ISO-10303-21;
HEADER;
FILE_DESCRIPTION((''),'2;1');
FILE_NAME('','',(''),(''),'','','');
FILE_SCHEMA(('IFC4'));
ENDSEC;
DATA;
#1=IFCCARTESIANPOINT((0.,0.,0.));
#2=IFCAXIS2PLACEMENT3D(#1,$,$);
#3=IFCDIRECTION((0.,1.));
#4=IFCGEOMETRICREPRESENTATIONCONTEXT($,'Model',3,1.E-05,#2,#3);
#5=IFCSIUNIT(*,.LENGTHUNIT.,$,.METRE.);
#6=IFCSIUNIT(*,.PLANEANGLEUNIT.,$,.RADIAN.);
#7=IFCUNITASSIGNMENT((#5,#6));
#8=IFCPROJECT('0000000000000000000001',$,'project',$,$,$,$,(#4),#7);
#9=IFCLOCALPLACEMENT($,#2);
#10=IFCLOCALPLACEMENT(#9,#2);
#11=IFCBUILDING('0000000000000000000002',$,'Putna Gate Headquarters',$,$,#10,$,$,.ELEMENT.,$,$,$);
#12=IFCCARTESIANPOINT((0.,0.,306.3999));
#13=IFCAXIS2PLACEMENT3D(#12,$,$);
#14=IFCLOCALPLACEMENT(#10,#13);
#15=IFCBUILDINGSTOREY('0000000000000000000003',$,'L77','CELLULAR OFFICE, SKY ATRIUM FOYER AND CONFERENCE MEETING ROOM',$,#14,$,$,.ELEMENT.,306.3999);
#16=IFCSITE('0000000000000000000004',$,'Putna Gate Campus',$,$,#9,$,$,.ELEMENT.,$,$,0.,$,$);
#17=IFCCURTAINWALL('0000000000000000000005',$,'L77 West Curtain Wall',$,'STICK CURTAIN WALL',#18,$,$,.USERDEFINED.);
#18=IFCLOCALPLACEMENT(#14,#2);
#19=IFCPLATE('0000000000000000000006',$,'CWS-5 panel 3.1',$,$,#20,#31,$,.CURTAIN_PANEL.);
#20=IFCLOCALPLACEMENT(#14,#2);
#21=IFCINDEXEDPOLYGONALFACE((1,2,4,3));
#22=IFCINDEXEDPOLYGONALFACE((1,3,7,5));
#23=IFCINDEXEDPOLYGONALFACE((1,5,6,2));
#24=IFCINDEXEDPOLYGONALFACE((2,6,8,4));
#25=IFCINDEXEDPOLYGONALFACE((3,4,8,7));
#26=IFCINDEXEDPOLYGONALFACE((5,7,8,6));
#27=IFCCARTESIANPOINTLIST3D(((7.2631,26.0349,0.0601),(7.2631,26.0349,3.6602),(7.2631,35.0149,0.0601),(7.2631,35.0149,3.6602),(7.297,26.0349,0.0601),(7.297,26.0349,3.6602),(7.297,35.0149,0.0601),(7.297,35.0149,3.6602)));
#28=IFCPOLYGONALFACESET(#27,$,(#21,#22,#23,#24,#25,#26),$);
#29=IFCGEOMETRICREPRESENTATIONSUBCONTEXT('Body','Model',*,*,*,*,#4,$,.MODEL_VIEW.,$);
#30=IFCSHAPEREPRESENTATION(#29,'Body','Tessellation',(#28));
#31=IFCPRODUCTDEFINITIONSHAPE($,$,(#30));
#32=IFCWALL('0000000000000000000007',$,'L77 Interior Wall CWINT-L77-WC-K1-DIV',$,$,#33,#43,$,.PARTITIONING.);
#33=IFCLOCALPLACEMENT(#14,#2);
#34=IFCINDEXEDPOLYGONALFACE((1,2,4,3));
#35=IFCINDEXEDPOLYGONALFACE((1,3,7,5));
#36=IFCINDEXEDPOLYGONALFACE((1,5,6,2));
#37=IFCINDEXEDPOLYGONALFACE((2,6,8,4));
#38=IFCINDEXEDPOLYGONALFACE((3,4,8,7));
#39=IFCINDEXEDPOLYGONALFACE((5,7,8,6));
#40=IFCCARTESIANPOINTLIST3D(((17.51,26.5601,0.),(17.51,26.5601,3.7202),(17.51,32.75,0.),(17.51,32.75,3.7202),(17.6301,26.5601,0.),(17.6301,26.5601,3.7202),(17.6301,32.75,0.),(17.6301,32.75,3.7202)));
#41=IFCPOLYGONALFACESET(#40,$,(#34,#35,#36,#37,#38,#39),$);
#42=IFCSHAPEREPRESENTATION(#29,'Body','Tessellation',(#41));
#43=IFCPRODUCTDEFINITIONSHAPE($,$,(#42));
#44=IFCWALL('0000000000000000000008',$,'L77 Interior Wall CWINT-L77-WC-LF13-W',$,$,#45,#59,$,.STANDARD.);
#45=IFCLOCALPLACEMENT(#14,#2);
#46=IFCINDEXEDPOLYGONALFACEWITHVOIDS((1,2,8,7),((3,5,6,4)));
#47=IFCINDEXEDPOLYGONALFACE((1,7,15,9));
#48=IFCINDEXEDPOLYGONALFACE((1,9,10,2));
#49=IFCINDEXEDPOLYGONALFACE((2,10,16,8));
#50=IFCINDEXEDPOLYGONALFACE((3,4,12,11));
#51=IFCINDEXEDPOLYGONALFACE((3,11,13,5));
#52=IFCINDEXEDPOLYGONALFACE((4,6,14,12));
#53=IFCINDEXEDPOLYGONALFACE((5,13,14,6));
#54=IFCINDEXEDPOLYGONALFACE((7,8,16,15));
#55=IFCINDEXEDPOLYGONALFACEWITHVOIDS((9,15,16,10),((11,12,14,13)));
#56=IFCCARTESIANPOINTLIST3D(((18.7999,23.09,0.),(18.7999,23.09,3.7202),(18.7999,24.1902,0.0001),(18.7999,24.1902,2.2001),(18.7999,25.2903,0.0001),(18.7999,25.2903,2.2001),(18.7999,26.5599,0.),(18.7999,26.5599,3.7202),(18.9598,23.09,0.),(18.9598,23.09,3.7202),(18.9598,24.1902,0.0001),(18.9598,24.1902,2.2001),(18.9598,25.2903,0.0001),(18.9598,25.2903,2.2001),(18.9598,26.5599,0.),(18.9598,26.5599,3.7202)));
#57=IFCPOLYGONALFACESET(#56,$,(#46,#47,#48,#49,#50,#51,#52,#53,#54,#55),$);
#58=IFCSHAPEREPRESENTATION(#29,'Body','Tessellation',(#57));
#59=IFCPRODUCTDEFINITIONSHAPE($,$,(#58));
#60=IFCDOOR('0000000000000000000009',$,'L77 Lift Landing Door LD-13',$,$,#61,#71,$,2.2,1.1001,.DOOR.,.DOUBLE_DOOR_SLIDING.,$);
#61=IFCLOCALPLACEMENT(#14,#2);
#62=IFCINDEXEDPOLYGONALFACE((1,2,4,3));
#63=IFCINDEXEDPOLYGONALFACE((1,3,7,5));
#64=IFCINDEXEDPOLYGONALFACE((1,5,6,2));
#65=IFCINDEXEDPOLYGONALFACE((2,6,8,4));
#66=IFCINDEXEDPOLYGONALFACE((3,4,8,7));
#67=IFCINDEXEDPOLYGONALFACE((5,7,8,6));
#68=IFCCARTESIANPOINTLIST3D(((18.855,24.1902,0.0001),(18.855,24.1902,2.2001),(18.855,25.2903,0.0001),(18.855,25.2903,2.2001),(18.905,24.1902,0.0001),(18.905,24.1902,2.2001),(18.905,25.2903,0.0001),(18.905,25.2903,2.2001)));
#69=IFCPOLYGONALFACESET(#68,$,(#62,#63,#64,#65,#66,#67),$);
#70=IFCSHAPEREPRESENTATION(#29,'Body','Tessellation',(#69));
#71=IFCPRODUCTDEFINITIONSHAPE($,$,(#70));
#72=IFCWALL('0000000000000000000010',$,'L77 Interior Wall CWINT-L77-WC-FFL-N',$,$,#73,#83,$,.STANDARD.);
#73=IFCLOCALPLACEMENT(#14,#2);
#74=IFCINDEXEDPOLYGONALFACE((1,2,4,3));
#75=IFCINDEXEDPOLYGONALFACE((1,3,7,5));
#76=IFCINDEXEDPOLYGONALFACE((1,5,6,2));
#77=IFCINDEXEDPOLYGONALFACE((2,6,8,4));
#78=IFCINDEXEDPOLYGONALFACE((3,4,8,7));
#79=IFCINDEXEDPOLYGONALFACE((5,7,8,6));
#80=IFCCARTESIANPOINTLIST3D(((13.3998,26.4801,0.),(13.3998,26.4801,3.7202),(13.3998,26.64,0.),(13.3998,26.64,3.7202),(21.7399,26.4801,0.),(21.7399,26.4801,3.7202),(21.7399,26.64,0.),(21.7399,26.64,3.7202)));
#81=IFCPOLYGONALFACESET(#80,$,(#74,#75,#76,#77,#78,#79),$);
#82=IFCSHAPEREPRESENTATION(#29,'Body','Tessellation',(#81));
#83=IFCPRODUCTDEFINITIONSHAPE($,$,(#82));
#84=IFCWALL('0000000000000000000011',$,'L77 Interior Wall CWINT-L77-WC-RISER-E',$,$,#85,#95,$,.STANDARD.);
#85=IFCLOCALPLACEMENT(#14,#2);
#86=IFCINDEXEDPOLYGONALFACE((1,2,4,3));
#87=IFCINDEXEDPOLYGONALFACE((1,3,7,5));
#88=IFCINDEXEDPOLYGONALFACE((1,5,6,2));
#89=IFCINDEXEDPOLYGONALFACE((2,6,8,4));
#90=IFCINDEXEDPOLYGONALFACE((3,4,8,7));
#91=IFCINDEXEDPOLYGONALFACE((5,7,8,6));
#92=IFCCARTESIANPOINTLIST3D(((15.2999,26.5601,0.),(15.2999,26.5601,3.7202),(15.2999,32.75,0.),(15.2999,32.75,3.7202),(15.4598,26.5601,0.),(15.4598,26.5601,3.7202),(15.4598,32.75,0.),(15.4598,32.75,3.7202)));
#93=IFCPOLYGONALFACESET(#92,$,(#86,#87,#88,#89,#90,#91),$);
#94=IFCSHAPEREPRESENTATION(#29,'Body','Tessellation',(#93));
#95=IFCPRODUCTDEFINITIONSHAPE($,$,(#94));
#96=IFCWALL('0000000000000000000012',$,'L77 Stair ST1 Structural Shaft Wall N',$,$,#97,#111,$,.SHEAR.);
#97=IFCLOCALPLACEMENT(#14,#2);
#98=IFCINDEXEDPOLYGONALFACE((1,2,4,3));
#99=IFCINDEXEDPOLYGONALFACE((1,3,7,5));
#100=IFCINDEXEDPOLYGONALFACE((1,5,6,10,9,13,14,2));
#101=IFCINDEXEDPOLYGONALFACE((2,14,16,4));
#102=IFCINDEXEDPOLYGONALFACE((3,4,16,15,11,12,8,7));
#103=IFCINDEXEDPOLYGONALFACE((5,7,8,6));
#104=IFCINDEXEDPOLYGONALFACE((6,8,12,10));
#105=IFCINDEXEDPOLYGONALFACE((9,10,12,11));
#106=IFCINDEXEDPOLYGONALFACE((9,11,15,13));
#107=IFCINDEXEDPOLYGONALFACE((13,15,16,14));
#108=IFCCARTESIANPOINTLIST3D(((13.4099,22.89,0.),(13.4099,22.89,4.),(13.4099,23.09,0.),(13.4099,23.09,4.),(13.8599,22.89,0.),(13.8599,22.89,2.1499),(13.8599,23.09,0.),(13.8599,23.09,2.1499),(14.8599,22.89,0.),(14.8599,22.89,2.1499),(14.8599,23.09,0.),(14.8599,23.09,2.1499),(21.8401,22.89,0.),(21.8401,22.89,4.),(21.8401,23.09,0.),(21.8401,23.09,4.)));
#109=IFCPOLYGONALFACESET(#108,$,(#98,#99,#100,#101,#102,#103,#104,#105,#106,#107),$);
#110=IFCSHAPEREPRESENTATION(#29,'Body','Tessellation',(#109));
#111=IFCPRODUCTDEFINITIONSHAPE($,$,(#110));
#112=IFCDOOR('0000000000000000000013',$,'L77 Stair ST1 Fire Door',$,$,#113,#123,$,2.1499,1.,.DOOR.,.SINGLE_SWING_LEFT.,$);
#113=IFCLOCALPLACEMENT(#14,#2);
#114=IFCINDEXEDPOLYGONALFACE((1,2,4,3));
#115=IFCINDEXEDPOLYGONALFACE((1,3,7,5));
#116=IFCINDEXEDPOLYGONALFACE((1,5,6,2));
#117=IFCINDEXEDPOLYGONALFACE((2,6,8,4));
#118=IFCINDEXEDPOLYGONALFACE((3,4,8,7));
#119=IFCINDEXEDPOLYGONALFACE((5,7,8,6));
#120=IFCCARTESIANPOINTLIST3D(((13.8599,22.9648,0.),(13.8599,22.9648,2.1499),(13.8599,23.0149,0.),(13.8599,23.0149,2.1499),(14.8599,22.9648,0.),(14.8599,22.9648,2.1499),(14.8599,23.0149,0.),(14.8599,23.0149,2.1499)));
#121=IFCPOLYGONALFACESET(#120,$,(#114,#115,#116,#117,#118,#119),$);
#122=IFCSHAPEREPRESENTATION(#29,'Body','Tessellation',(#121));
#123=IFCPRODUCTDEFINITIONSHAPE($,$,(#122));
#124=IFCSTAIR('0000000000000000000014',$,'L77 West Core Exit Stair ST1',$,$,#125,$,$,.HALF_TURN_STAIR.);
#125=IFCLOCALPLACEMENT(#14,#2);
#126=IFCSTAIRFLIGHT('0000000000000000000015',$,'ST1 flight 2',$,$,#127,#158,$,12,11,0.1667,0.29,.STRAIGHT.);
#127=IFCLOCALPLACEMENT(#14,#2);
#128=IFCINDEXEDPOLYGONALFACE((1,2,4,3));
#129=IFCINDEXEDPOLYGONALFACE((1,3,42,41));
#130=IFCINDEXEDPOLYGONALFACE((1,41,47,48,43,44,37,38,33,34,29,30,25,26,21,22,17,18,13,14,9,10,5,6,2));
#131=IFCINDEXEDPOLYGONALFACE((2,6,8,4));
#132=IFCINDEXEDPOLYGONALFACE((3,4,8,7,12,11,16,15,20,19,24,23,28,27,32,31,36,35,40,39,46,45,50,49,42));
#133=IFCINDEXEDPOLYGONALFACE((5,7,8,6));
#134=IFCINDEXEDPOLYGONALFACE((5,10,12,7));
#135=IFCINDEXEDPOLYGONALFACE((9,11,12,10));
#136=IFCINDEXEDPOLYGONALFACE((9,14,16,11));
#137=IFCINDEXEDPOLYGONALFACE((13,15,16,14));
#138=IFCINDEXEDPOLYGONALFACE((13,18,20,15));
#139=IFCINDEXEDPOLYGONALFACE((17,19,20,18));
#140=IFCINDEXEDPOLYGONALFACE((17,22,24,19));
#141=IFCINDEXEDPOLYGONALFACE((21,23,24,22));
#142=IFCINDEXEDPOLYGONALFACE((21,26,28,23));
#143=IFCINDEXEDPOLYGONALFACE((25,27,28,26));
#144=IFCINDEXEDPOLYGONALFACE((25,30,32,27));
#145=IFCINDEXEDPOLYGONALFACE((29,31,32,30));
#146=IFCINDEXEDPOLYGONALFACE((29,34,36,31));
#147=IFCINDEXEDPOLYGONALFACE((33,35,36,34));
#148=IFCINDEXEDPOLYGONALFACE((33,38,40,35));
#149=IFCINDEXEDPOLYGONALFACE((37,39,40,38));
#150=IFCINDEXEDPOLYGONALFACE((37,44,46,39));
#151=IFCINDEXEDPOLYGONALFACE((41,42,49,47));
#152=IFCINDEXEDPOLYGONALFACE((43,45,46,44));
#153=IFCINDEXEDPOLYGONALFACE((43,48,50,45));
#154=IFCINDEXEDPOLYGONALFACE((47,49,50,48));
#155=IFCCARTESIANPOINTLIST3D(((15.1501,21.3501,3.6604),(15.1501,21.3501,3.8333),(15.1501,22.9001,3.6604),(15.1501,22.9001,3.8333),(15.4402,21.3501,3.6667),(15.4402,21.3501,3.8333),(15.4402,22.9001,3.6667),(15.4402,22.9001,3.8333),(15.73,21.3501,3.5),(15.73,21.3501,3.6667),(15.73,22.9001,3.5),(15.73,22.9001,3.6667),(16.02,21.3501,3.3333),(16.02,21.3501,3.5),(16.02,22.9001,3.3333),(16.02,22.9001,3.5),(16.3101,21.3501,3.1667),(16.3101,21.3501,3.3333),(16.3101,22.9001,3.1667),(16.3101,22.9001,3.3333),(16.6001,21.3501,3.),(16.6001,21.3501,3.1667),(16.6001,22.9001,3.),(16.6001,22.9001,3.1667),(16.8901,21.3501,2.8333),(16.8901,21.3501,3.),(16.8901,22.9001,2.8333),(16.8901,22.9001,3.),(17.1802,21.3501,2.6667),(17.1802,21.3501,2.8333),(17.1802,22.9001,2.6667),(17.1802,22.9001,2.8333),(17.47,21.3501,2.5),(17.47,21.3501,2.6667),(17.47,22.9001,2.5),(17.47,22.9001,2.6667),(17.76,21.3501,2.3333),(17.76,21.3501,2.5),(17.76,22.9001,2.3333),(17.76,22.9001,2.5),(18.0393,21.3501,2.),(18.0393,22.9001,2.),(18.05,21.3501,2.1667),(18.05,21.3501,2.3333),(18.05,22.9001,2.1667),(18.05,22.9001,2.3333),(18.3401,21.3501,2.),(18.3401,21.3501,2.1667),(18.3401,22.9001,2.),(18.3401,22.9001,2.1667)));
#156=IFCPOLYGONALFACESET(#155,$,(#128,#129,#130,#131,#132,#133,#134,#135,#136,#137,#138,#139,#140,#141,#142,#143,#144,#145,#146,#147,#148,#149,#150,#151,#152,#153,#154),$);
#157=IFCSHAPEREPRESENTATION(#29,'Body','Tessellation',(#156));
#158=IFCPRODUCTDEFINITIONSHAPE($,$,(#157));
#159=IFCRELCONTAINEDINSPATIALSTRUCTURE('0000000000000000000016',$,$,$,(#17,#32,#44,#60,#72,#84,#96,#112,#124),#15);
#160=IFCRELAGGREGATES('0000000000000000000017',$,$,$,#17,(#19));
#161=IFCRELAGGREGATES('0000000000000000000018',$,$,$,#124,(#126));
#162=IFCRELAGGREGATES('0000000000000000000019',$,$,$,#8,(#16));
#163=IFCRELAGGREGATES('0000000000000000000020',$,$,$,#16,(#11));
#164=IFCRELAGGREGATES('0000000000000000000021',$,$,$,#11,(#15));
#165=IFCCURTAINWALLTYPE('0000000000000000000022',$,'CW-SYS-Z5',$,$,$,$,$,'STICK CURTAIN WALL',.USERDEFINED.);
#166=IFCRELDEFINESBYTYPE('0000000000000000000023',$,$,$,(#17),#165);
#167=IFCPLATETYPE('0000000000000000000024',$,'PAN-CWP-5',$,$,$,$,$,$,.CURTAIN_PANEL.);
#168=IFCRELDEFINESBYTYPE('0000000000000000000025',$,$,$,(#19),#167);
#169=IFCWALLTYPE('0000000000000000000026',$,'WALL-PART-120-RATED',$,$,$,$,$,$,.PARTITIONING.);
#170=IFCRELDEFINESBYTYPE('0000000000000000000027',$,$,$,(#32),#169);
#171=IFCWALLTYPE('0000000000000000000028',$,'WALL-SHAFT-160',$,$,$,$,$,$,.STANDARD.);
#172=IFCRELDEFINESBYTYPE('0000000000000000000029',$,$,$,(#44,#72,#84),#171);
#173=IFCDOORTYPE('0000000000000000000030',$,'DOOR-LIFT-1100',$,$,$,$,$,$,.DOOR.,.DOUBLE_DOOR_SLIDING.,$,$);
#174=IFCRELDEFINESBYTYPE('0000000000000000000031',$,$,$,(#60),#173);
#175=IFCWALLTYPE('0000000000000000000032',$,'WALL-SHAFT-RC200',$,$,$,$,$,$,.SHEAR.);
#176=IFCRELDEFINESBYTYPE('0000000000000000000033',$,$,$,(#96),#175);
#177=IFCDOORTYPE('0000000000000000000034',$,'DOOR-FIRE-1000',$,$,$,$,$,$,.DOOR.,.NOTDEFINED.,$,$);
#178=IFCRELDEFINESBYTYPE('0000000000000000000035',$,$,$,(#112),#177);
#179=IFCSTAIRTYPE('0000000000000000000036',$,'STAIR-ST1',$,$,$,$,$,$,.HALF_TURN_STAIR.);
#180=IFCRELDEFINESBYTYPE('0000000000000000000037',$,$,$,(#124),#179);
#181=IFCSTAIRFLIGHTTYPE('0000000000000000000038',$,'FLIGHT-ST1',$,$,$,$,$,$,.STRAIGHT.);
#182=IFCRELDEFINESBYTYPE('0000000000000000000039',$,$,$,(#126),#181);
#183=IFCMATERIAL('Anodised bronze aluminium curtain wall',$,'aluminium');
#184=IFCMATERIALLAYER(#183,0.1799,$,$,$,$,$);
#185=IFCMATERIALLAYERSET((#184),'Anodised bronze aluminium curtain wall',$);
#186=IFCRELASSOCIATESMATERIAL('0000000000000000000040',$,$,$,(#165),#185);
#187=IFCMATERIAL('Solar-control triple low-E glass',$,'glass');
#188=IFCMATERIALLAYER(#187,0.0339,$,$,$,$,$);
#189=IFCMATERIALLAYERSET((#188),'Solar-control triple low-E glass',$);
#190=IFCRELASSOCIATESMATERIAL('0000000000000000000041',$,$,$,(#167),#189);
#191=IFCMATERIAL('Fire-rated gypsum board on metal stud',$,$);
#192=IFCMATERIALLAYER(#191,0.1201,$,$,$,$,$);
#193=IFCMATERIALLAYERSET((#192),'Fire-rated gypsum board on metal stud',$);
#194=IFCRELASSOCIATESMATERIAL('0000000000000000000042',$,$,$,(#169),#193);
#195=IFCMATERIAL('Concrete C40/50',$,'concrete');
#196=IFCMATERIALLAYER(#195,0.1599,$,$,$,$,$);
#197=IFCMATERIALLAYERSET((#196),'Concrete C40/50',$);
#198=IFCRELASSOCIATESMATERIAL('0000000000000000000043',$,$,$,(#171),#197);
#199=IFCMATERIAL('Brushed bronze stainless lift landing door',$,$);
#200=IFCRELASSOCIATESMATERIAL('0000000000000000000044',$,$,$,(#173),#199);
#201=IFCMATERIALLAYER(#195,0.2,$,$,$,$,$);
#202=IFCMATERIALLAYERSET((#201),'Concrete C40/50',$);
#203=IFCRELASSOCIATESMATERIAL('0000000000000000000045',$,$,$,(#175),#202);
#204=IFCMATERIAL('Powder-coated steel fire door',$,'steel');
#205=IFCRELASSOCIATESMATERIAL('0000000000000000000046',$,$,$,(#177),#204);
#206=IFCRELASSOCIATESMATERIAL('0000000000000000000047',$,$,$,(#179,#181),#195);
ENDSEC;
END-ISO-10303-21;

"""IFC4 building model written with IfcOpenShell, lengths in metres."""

from ifc_helpers import new_model, si_unit, direction, frame, frame_2d, origin, origin_2d, place, context, subcontext, project, spatial, polyline, rectangle, outline, extrude, material, layer, layer_set, type_object, element, fill, aggregate, save


model = new_model("IFC4")

# Units and contexts
model_context = context("Model", 3, precision=1e-05, world=origin(), true_north=direction((0.0, 1.0)))
body_context = subcontext(model_context, "Body", "Model", "MODEL_VIEW")
ifc_project = project(units=[si_unit("LENGTHUNIT", "METRE"), si_unit("PLANEANGLEUNIT", "RADIAN")], contexts=[model_context])

# Site, building, storey
site_placement = place(None, origin())
site = spatial("IfcSite", under=ifc_project, at=site_placement, Name="Putna Gate Campus", CompositionType="ELEMENT", RefElevation=0.0)
building_placement = place(site_placement, origin())
building = spatial("IfcBuilding", under=site, at=building_placement, Name="Putna Gate Headquarters", CompositionType="ELEMENT")
storey_placement = place(building_placement, frame((0.0, 0.0, 306.3999)))
storey = spatial("IfcBuildingStorey", under=building, at=storey_placement, Name="L77", Description="CELLULAR OFFICE, SKY ATRIUM FOYER AND CONFERENCE MEETING ROOM", CompositionType="ELEMENT", Elevation=306.3999)

# Curtain wall, plate
ifc_material_1 = material(Name="Anodised bronze aluminium curtain wall", Category="aluminium")
ifc_layer_1 = layer(ifc_material_1, 0.1799)
ifc_layer_set_1 = layer_set([ifc_layer_1], Name="Anodised bronze aluminium curtain wall")
curtain_wall_type = type_object("IfcCurtainWallType", Name="CW-SYS-Z5", ElementType="STICK CURTAIN WALL", PredefinedType="USERDEFINED", material=ifc_layer_set_1)
curtain_wall_placement = place(storey_placement, origin())
curtain_wall = element("IfcCurtainWall", 1, at=curtain_wall_placement, inside=storey, type_object=curtain_wall_type, Name="L77 West Curtain Wall", ObjectType="STICK CURTAIN WALL", PredefinedType="USERDEFINED")
ifc_material_2 = material(Name="Solar-control triple low-E glass", Category="glass")
ifc_layer_2 = layer(ifc_material_2, 0.0339)
ifc_layer_set_2 = layer_set([ifc_layer_2], Name="Solar-control triple low-E glass")
plate_type = type_object("IfcPlateType", Name="PAN-CWP-5", PredefinedType="CURTAIN_PANEL", material=ifc_layer_set_2)
plate_1_placement = place(storey_placement, frame((7.28, 30.5249, 0.0601), z_axis=(0.0, 0.0, 1.0), x_axis=(0.0, 1.0, 0.0)))
plate_1 = element("IfcPlate", 2, at=plate_1_placement, type_object=plate_type, Name="CWS-5 panel 3.1", PredefinedType="CURTAIN_PANEL", context=body_context, shape_type="SweptSolid", body=[
    extrude(rectangle(XDim=8.98, YDim=0.0339, at=origin_2d()), origin(), (0.0, 0.0, 1.0), 3.6001),
])
aggregate(curtain_wall, [plate_1])

# Wall
ifc_material_3 = material(Name="Fire-rated gypsum board on metal stud")
ifc_layer_3 = layer(ifc_material_3, 0.1201)
ifc_layer_set_3 = layer_set([ifc_layer_3], Name="Fire-rated gypsum board on metal stud")
wall_type_1 = type_object("IfcWallType", Name="WALL-PART-120-RATED", PredefinedType="PARTITIONING", material=ifc_layer_set_3)
wall_1_placement = place(storey_placement, frame((17.5701, 26.5601, 0.0), z_axis=(0.0, 0.0, 1.0), x_axis=(0.0, 1.0, 0.0)))
element("IfcWall", 3, at=wall_1_placement, inside=storey, type_object=wall_type_1, Name="L77 Interior Wall CWINT-L77-WC-K1-DIV", PredefinedType="PARTITIONING", context=body_context, shape_type="SweptSolid", body=[
    extrude(rectangle(XDim=6.1899, YDim=0.1201, at=frame_2d((3.095, 0.0))), origin(), (0.0, 0.0, 1.0), 3.7202),
])

# Wall, opening, door
ifc_material_4 = material(Name="Concrete C40/50", Category="concrete")
ifc_layer_4 = layer(ifc_material_4, 0.1599)
ifc_layer_set_4 = layer_set([ifc_layer_4], Name="Concrete C40/50")
wall_type_2 = type_object("IfcWallType", Name="WALL-SHAFT-160", PredefinedType="STANDARD", material=ifc_layer_set_4)
wall_2_placement = place(storey_placement, frame((18.8799, 23.0901, 0.0), z_axis=(0.0, 0.0, 1.0), x_axis=(0.0, 1.0, 0.0)))
wall_2 = element("IfcWall", 4, at=wall_2_placement, inside=storey, type_object=wall_type_2, Name="L77 Interior Wall CWINT-L77-WC-LF13-W", PredefinedType="STANDARD", context=body_context, shape_type="SweptSolid", body=[
    extrude(rectangle(XDim=3.47, YDim=0.1599, at=frame_2d((1.7349, 0.0))), origin(), (0.0, 0.0, 1.0), 3.7202),
])
opening_1_placement = place(wall_2_placement, frame((1.1001, 0.0, 0.0)))
opening_1 = element("IfcOpeningElement", 5, at=opening_1_placement, cuts=wall_2, PredefinedType="OPENING", context=body_context, shape_type="SweptSolid", body=[
    extrude(rectangle(XDim=1.1001, YDim=2.2, at=frame_2d((0.55, 1.1001))), frame((0.0, 0.0898, 0.0), z_axis=(0.0, -1.0, 0.0), x_axis=(1.0, 0.0, 0.0)), (0.0, 0.0, 1.0), 0.1799),
])
ifc_material_5 = material(Name="Brushed bronze stainless lift landing door")
door_type_1 = type_object("IfcDoorType", Name="DOOR-LIFT-1100", OperationType="DOUBLE_DOOR_SLIDING", PredefinedType="DOOR", material=ifc_material_5)
door_1_placement = place(opening_1_placement, origin())
door_1 = element("IfcDoor", 6, at=door_1_placement, inside=storey, type_object=door_type_1, Name="L77 Lift Landing Door LD-13", OperationType="DOUBLE_DOOR_SLIDING", OverallHeight=2.2, OverallWidth=1.1001, PredefinedType="DOOR", context=body_context, shape_type="SweptSolid", body=[
    extrude(rectangle(XDim=1.1001, YDim=2.2, at=frame_2d((0.55, 1.1001))), frame((0.0, 0.0249, 0.0), z_axis=(0.0, -1.0, 0.0), x_axis=(1.0, 0.0, 0.0)), (0.0, 0.0, 1.0), 0.05),
])
fill(opening_1, door_1)

# Walls
wall_3_placement = place(storey_placement, frame((13.3999, 26.5601, 0.0), z_axis=(0.0, 0.0, 1.0), x_axis=(1.0, 0.0, 0.0)))
element("IfcWall", 7, at=wall_3_placement, inside=storey, type_object=wall_type_2, Name="L77 Interior Wall CWINT-L77-WC-FFL-N", PredefinedType="STANDARD", context=body_context, shape_type="SweptSolid", body=[
    extrude(rectangle(XDim=8.3401, YDim=0.1599, at=frame_2d((4.1699, 0.0))), origin(), (0.0, 0.0, 1.0), 3.7202),
])
wall_4_placement = place(storey_placement, frame((15.3799, 26.5601, 0.0), z_axis=(0.0, 0.0, 1.0), x_axis=(0.0, 1.0, 0.0)))
element("IfcWall", 8, at=wall_4_placement, inside=storey, type_object=wall_type_2, Name="L77 Interior Wall CWINT-L77-WC-RISER-E", PredefinedType="STANDARD", context=body_context, shape_type="SweptSolid", body=[
    extrude(rectangle(XDim=6.1899, YDim=0.1599, at=frame_2d((3.095, 0.0))), origin(), (0.0, 0.0, 1.0), 3.7202),
])

# Wall, opening, door
ifc_layer_5 = layer(ifc_material_4, 0.2)
ifc_layer_set_5 = layer_set([ifc_layer_5], Name="Concrete C40/50")
wall_type_3 = type_object("IfcWallType", Name="WALL-SHAFT-RC200", PredefinedType="SHEAR", material=ifc_layer_set_5)
wall_5_placement = place(storey_placement, frame((13.4099, 22.99, 0.0), z_axis=(0.0, 0.0, 1.0), x_axis=(1.0, 0.0, 0.0)))
wall_5 = element("IfcWall", 9, at=wall_5_placement, inside=storey, type_object=wall_type_3, Name="L77 Stair ST1 Structural Shaft Wall N", PredefinedType="SHEAR", context=body_context, shape_type="SweptSolid", body=[
    extrude(rectangle(XDim=8.4302, YDim=0.2, at=frame_2d((4.2151, 0.0))), origin(), (0.0, 0.0, 1.0), 4.0),
])
opening_2_placement = place(wall_5_placement, frame((0.45, 0.0, 0.0)))
opening_2 = element("IfcOpeningElement", 10, at=opening_2_placement, cuts=wall_5, PredefinedType="OPENING", context=body_context, shape_type="SweptSolid", body=[
    extrude(rectangle(XDim=1.0, YDim=2.1499, at=frame_2d((0.5, 1.075))), frame((0.0, 0.1099, 0.0), z_axis=(0.0, -1.0, 0.0), x_axis=(1.0, 0.0, 0.0)), (0.0, 0.0, 1.0), 0.22),
])
ifc_material_6 = material(Name="Powder-coated steel fire door", Category="steel")
door_type_2 = type_object("IfcDoorType", Name="DOOR-FIRE-1000", OperationType="NOTDEFINED", PredefinedType="DOOR", material=ifc_material_6)
door_2_placement = place(opening_2_placement, origin())
door_2 = element("IfcDoor", 11, at=door_2_placement, inside=storey, type_object=door_type_2, Name="L77 Stair ST1 Fire Door", OperationType="SINGLE_SWING_LEFT", OverallHeight=2.1499, OverallWidth=1.0, PredefinedType="DOOR", context=body_context, shape_type="SweptSolid", body=[
    extrude(rectangle(XDim=1.0, YDim=2.1499, at=frame_2d((0.5, 1.075))), frame((0.0, 0.0249, 0.0), z_axis=(0.0, -1.0, 0.0), x_axis=(1.0, 0.0, 0.0)), (0.0, 0.0, 1.0), 0.05),
])
fill(opening_2, door_2)

# Stair, stair flight
stair_type = type_object("IfcStairType", Name="STAIR-ST1", PredefinedType="HALF_TURN_STAIR", material=ifc_material_4)
stair_placement = place(storey_placement, origin())
stair = element("IfcStair", 12, at=stair_placement, inside=storey, type_object=stair_type, Name="L77 West Core Exit Stair ST1", PredefinedType="HALF_TURN_STAIR")
stair_flight_type = type_object("IfcStairFlightType", Name="FLIGHT-ST1", PredefinedType="STRAIGHT", material=ifc_material_4)
stair_flight_placement = place(storey_placement, frame((18.3401, 22.125, 2.0), z_axis=(0.0, 0.0, 1.0), x_axis=(-1.0, 0.0, 0.0)))
stair_flight = element("IfcStairFlight", 13, at=stair_flight_placement, type_object=stair_flight_type, Name="ST1 flight 2", NumberOfRisers=12, NumberOfTreads=11, PredefinedType="STRAIGHT", RiserHeight=0.1667, TreadLength=0.29, context=body_context, shape_type="SweptSolid", body=[
    extrude(outline(polyline([(0.0, 0.0), (0.0, 0.1667), (0.29, 0.1667), (0.29, 0.3333), (0.5801, 0.3333), (0.5801, 0.5), (0.8701, 0.5), (0.8701, 0.6667), (1.1599, 0.6667), (1.1599, 0.8333), (1.45, 0.8333), (1.45, 1.0), (1.74, 1.0), (1.74, 1.1667), (2.03, 1.1667), (2.03, 1.3333), (2.3201, 1.3333), (2.3201, 1.5), (2.6101, 1.5), (2.6101, 1.6667), (2.8999, 1.6667), (2.8999, 1.8333), (3.1899, 1.8333), (3.1899, 2.0), (3.1899, 1.6604), (0.3008, 0.0), (0.0, 0.0)])), frame((0.0, 0.7749, 0.0), z_axis=(0.0, -1.0, 0.0), x_axis=(1.0, 0.0, 0.0)), (0.0, 0.0, 1.0), 1.55),
])
aggregate(stair, [stair_flight])

save(model, "model.ifc")
